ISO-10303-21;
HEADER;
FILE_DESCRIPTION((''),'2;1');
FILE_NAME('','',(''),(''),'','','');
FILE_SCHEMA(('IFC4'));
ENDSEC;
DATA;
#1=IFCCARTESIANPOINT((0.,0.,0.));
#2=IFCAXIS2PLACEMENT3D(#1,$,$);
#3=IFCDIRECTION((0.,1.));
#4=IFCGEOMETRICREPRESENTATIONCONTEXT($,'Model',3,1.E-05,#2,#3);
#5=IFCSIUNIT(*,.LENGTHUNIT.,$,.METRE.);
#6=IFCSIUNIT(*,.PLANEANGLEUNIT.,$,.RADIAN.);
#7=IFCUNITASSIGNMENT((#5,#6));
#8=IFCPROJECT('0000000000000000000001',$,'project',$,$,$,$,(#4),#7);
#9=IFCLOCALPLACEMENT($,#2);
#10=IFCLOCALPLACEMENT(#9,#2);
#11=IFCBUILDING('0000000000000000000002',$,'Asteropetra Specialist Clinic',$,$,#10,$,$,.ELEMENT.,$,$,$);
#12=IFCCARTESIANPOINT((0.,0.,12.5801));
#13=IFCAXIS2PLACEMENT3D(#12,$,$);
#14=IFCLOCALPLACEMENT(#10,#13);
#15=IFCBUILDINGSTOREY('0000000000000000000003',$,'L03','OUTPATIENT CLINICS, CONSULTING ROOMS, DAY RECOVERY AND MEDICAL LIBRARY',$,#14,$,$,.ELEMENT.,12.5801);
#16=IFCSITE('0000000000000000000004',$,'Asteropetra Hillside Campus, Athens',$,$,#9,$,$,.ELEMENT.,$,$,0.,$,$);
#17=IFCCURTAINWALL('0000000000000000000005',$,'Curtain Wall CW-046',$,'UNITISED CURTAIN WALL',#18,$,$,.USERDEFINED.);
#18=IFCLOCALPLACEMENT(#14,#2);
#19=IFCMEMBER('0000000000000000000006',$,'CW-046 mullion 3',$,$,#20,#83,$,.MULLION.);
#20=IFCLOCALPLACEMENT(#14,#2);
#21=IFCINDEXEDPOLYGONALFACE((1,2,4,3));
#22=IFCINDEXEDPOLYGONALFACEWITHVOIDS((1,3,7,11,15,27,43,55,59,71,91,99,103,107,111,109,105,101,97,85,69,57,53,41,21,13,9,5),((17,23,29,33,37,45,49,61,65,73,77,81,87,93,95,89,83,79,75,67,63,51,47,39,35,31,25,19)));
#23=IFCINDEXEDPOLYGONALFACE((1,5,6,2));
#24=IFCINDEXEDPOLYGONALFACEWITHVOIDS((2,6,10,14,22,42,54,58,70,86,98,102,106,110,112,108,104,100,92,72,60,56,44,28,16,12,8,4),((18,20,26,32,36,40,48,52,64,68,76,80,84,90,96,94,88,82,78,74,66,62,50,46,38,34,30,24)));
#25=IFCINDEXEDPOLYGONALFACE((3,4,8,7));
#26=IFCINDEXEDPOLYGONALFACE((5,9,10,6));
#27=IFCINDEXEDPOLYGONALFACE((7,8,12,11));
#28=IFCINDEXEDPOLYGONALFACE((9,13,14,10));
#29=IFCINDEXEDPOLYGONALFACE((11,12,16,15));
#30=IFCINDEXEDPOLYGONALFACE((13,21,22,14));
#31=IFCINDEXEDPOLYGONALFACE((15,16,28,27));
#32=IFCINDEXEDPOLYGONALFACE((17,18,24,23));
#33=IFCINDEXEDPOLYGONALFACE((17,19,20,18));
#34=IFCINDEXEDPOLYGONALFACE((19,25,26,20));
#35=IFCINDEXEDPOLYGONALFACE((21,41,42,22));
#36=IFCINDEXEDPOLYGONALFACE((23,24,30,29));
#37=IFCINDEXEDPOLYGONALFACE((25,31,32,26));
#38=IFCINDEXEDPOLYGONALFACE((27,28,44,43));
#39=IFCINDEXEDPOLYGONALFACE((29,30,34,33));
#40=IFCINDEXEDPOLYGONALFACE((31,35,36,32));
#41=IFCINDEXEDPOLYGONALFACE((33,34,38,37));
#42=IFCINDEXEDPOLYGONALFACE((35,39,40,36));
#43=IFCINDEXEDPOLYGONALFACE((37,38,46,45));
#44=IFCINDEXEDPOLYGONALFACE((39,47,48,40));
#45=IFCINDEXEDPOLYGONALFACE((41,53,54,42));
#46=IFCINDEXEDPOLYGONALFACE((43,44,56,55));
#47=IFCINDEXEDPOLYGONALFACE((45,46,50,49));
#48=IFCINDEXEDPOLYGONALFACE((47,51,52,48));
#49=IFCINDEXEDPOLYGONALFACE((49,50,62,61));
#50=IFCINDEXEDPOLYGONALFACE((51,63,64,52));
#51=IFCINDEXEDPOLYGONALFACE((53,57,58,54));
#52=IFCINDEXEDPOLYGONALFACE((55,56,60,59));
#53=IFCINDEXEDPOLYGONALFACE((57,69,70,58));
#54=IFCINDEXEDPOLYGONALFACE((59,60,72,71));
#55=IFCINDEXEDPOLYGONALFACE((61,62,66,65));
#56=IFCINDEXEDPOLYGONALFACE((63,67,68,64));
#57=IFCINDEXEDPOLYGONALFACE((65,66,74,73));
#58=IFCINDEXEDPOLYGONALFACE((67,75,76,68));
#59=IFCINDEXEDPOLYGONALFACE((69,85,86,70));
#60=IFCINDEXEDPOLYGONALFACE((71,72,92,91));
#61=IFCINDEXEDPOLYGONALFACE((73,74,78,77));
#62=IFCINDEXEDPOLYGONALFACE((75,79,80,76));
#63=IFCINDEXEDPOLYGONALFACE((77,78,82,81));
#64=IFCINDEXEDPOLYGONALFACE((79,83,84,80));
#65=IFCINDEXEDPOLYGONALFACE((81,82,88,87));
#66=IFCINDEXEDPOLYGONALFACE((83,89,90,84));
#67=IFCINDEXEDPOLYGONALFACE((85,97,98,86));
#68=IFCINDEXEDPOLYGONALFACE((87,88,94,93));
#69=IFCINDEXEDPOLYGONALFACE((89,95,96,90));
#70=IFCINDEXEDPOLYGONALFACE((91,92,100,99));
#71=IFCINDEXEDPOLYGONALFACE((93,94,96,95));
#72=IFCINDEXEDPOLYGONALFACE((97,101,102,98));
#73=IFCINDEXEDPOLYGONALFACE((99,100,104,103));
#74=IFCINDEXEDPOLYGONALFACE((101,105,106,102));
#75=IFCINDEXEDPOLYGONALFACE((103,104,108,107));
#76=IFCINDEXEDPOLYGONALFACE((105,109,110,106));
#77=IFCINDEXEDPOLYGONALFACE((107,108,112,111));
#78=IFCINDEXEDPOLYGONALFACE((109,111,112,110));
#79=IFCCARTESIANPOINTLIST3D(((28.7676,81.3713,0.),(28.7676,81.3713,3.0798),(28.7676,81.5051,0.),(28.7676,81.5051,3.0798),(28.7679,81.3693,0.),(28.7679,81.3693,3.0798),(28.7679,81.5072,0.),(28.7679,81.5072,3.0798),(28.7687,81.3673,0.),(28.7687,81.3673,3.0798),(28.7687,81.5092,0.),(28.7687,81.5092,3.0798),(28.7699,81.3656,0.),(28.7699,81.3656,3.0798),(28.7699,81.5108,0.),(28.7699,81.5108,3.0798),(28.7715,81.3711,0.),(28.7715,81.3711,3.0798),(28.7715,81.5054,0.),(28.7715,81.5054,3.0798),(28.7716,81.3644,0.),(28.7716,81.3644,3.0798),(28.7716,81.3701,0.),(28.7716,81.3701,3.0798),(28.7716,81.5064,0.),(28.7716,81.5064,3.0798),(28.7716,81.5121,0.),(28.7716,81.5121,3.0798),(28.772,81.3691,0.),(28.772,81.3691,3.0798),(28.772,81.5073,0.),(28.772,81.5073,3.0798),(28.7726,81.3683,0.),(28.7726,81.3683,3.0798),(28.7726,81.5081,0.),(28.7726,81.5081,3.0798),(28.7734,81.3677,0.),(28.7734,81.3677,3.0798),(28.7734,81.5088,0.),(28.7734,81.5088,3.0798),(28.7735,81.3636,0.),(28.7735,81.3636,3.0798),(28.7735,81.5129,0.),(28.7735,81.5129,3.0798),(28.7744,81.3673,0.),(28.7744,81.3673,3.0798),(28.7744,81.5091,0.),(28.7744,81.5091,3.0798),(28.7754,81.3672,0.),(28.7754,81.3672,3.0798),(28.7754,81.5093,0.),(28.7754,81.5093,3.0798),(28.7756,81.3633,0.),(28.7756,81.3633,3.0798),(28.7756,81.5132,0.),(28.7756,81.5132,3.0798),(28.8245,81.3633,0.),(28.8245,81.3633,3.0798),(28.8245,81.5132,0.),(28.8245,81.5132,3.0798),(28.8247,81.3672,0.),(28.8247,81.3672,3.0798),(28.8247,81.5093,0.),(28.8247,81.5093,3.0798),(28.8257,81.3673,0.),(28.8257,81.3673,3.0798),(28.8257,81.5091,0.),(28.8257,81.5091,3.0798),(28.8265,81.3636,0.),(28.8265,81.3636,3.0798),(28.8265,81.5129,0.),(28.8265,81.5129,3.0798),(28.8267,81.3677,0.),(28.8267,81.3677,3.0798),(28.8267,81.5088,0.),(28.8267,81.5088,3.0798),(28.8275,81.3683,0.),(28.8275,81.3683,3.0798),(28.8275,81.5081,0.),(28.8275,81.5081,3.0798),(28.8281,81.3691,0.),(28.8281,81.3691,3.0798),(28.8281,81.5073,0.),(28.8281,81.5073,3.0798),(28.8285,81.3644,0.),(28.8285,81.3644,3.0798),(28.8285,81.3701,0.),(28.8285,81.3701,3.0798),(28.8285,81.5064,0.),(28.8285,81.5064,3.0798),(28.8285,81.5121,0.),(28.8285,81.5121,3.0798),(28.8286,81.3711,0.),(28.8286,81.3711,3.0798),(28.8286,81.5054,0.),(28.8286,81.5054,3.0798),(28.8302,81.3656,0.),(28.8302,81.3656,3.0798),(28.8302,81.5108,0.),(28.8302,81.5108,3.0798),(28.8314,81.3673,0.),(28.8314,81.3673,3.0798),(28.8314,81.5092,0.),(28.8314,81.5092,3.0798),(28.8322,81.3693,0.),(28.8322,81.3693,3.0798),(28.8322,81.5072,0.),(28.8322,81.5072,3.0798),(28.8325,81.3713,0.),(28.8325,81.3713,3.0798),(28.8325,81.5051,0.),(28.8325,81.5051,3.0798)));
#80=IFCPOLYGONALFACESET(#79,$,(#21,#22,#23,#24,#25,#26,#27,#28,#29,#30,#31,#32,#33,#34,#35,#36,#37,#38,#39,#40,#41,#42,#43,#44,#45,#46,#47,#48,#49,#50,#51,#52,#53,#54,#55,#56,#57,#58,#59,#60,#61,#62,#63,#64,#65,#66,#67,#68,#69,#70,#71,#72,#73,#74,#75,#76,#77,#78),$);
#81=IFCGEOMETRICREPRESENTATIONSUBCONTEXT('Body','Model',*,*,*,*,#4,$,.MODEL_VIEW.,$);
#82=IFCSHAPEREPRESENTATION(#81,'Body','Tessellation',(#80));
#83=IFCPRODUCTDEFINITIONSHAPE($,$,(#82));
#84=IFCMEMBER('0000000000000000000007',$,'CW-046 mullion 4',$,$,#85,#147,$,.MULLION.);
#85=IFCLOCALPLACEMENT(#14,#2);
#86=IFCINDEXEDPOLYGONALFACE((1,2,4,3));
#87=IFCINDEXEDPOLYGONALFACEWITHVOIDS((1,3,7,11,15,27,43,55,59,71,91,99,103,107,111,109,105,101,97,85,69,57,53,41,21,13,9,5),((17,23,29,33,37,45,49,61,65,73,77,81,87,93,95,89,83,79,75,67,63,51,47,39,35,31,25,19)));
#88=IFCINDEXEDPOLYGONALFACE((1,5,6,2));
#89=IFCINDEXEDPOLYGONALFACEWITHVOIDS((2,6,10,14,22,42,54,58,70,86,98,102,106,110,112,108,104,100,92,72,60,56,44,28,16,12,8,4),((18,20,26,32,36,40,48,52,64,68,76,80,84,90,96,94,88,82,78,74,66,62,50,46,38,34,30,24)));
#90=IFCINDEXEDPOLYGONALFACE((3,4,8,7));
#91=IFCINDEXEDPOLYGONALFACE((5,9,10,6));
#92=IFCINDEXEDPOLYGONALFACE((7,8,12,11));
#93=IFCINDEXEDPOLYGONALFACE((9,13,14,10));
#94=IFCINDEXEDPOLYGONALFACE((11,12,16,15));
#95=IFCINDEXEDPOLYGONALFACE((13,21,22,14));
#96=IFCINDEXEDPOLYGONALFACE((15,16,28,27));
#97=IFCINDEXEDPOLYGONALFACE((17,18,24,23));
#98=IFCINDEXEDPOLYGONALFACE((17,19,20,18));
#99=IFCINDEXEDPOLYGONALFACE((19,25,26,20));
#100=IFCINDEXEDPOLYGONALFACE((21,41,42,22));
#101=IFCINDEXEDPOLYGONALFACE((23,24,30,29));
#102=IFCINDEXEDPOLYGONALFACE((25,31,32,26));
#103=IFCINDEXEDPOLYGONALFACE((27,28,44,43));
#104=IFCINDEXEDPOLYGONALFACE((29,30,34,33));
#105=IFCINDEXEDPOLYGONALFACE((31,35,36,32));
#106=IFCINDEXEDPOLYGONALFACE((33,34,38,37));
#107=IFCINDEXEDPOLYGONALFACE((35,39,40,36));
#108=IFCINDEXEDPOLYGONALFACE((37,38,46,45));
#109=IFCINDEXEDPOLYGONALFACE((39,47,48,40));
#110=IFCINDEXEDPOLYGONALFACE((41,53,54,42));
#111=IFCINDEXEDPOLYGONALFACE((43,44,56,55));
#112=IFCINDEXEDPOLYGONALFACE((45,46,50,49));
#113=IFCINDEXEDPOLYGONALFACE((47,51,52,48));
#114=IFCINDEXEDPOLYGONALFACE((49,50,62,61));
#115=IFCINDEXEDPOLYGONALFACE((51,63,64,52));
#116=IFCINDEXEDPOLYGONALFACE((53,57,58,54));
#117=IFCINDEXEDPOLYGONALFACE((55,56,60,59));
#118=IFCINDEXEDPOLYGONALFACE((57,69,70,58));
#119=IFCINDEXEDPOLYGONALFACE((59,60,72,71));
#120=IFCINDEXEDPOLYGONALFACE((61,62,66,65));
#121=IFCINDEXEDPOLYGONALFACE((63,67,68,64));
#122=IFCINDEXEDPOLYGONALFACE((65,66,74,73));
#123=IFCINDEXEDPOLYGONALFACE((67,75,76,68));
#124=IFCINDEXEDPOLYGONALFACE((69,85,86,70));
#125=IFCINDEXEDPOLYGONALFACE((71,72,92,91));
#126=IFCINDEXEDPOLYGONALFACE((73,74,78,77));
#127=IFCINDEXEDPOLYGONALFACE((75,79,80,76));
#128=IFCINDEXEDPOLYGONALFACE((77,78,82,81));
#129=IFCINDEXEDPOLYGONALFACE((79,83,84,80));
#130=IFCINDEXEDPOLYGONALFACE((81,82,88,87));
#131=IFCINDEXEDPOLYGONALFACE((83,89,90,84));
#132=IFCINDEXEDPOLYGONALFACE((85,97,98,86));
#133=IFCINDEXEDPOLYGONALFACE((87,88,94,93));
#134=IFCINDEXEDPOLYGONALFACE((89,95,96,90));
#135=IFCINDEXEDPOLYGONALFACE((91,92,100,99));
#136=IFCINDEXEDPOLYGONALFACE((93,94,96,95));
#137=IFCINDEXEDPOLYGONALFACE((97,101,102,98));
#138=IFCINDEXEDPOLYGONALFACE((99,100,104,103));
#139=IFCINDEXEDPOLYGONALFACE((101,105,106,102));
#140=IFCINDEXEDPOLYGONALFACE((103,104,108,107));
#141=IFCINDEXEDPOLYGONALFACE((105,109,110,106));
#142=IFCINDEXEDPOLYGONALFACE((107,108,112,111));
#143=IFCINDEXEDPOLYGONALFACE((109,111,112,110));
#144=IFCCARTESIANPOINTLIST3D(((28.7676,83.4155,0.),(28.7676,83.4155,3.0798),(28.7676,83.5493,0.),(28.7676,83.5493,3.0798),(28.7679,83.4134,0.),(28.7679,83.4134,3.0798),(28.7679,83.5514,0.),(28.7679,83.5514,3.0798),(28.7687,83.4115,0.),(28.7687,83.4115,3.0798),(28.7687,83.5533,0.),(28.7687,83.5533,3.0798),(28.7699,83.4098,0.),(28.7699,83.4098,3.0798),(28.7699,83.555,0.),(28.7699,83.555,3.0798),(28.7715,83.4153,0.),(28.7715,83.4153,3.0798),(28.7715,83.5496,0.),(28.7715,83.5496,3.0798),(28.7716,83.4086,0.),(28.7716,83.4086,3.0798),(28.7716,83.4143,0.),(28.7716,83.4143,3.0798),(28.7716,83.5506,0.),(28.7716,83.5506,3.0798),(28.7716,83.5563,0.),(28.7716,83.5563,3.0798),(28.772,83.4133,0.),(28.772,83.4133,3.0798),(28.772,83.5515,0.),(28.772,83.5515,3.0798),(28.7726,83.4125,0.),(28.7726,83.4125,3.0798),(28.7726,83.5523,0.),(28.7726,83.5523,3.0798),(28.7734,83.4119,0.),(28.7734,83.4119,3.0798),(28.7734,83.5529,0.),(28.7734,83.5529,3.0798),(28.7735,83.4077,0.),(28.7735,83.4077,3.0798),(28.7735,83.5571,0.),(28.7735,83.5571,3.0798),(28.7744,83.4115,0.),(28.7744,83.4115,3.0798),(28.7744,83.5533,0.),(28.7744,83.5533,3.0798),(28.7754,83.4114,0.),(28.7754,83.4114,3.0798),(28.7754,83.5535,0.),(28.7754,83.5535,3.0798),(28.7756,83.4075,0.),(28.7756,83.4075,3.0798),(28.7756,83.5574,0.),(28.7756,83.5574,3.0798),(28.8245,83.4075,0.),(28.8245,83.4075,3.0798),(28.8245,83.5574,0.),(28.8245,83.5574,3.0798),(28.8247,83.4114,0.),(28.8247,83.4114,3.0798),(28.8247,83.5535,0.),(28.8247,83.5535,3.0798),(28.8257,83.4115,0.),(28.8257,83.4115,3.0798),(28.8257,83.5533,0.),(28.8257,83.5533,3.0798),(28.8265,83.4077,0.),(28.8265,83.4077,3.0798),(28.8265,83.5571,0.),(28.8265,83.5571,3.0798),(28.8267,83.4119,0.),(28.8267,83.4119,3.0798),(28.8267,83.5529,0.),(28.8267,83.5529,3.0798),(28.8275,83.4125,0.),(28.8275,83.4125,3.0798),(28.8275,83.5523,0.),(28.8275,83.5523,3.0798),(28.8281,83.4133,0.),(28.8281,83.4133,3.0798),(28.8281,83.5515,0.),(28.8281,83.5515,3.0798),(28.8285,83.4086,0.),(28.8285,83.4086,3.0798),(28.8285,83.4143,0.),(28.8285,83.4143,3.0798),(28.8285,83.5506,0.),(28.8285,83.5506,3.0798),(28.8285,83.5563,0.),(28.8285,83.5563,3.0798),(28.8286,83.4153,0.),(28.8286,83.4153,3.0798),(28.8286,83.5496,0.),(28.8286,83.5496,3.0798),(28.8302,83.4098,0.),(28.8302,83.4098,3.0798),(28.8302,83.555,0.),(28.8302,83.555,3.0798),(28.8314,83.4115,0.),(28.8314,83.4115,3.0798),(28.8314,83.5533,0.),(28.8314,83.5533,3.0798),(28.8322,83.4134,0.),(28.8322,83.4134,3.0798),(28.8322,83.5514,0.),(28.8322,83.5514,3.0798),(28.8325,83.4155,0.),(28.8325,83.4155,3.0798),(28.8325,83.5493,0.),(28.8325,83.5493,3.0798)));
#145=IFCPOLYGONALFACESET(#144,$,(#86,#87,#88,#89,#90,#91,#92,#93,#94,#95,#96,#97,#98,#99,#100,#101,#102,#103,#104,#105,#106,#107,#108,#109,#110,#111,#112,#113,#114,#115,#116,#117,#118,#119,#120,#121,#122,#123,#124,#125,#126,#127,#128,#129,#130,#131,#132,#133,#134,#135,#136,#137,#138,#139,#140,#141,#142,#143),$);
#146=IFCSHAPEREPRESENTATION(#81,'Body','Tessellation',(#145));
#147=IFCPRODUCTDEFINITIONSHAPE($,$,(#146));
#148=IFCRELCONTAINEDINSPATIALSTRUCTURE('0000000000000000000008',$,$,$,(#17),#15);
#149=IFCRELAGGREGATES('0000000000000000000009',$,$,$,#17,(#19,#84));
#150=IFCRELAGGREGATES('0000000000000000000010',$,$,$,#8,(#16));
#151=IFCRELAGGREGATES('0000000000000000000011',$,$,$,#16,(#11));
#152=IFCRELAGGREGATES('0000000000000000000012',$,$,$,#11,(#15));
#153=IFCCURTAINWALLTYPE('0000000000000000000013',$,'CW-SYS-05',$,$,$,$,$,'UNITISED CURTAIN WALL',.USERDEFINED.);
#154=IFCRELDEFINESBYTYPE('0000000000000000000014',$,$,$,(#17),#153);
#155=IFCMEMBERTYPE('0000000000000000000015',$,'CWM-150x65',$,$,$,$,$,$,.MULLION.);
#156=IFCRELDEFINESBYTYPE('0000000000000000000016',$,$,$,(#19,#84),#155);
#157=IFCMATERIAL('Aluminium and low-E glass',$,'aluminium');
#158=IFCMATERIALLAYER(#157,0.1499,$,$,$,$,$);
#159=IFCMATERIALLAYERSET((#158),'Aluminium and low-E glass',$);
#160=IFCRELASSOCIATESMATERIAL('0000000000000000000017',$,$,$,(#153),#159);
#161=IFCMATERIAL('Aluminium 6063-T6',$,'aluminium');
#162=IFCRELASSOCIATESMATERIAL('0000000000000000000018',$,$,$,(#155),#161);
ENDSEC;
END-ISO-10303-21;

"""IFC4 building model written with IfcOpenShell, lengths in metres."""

from ifc_helpers import new_model, si_unit, direction, frame, origin, origin_2d, place, context, subcontext, project, spatial, hollow_rectangle, extrude, material, layer, layer_set, material_profile, profile_set, type_object, element, aggregate, save


model = new_model("IFC4")

# Units and contexts
model_context = context("Model", 3, precision=1e-05, world=origin(), true_north=direction((0.0, 1.0)))
body_context = subcontext(model_context, "Body", "Model", "MODEL_VIEW")
ifc_project = project(units=[si_unit("LENGTHUNIT", "METRE"), si_unit("PLANEANGLEUNIT", "RADIAN")], contexts=[model_context])

# Site, building, storey
site_placement = place(None, origin())
site = spatial("IfcSite", under=ifc_project, at=site_placement, Name="Asteropetra Hillside Campus, Athens", CompositionType="ELEMENT", RefElevation=0.0)
building_placement = place(site_placement, origin())
building = spatial("IfcBuilding", under=site, at=building_placement, Name="Asteropetra Specialist Clinic", CompositionType="ELEMENT")
storey_placement = place(building_placement, frame((0.0, 0.0, 12.5801)))
storey = spatial("IfcBuildingStorey", under=building, at=storey_placement, Name="L03", Description="OUTPATIENT CLINICS, CONSULTING ROOMS, DAY RECOVERY AND MEDICAL LIBRARY", CompositionType="ELEMENT", Elevation=12.5801)

# Curtain wall, members
ifc_material_1 = material(Name="Aluminium and low-E glass", Category="aluminium")
ifc_layer_1 = layer(ifc_material_1, 0.1499)
ifc_layer_set_1 = layer_set([ifc_layer_1], Name="Aluminium and low-E glass")
curtain_wall_type = type_object("IfcCurtainWallType", Name="CW-SYS-05", ElementType="UNITISED CURTAIN WALL", PredefinedType="USERDEFINED", material=ifc_layer_set_1)
curtain_wall_placement = place(storey_placement, origin())
curtain_wall = element("IfcCurtainWall", 1, at=curtain_wall_placement, inside=storey, type_object=curtain_wall_type, Name="Curtain Wall CW-046", ObjectType="UNITISED CURTAIN WALL", PredefinedType="USERDEFINED")
ifc_material_2 = material(Name="Aluminium 6063-T6", Category="aluminium")
ifc_material_profile_1 = material_profile(ifc_material_2, hollow_rectangle(XDim=0.0649, YDim=0.1499, WallThickness=0.0039, InnerFilletRadius=0.0039, OuterFilletRadius=0.0081, at=origin_2d()), Name="MUL 150x65x4.0")
ifc_profile_set_1 = profile_set([ifc_material_profile_1], Name="Aluminium 6063-T6")
member_type_1 = type_object("IfcMemberType", Name="CWM-150x65", PredefinedType="MULLION", material=ifc_profile_set_1)
member_1_placement = place(storey_placement, frame((28.8, 81.4382, 0.0), z_axis=(0.0, 0.0, 1.0), x_axis=(-1.0, 0.0, 0.0)))
member_1 = element("IfcMember", 2, at=member_1_placement, type_object=member_type_1, Name="CW-046 mullion 3", PredefinedType="MULLION", context=body_context, shape_type="SweptSolid", body=[
    extrude(hollow_rectangle(XDim=0.0649, YDim=0.1499, WallThickness=0.0039, InnerFilletRadius=0.0039, OuterFilletRadius=0.0081, at=origin_2d()), origin(), (0.0, 0.0, 1.0), 3.0798),
])
member_2_placement = place(storey_placement, frame((28.8, 83.4824, 0.0), z_axis=(0.0, 0.0, 1.0), x_axis=(-1.0, 0.0, 0.0)))
member_2 = element("IfcMember", 3, at=member_2_placement, type_object=member_type_1, Name="CW-046 mullion 4", PredefinedType="MULLION", context=body_context, shape_type="SweptSolid", body=[
    extrude(hollow_rectangle(XDim=0.0649, YDim=0.1499, WallThickness=0.0039, InnerFilletRadius=0.0039, OuterFilletRadius=0.0081, at=origin_2d()), origin(), (0.0, 0.0, 1.0), 3.0798),
])
aggregate(curtain_wall, [member_1, member_2])

save(model, "model.ifc")
